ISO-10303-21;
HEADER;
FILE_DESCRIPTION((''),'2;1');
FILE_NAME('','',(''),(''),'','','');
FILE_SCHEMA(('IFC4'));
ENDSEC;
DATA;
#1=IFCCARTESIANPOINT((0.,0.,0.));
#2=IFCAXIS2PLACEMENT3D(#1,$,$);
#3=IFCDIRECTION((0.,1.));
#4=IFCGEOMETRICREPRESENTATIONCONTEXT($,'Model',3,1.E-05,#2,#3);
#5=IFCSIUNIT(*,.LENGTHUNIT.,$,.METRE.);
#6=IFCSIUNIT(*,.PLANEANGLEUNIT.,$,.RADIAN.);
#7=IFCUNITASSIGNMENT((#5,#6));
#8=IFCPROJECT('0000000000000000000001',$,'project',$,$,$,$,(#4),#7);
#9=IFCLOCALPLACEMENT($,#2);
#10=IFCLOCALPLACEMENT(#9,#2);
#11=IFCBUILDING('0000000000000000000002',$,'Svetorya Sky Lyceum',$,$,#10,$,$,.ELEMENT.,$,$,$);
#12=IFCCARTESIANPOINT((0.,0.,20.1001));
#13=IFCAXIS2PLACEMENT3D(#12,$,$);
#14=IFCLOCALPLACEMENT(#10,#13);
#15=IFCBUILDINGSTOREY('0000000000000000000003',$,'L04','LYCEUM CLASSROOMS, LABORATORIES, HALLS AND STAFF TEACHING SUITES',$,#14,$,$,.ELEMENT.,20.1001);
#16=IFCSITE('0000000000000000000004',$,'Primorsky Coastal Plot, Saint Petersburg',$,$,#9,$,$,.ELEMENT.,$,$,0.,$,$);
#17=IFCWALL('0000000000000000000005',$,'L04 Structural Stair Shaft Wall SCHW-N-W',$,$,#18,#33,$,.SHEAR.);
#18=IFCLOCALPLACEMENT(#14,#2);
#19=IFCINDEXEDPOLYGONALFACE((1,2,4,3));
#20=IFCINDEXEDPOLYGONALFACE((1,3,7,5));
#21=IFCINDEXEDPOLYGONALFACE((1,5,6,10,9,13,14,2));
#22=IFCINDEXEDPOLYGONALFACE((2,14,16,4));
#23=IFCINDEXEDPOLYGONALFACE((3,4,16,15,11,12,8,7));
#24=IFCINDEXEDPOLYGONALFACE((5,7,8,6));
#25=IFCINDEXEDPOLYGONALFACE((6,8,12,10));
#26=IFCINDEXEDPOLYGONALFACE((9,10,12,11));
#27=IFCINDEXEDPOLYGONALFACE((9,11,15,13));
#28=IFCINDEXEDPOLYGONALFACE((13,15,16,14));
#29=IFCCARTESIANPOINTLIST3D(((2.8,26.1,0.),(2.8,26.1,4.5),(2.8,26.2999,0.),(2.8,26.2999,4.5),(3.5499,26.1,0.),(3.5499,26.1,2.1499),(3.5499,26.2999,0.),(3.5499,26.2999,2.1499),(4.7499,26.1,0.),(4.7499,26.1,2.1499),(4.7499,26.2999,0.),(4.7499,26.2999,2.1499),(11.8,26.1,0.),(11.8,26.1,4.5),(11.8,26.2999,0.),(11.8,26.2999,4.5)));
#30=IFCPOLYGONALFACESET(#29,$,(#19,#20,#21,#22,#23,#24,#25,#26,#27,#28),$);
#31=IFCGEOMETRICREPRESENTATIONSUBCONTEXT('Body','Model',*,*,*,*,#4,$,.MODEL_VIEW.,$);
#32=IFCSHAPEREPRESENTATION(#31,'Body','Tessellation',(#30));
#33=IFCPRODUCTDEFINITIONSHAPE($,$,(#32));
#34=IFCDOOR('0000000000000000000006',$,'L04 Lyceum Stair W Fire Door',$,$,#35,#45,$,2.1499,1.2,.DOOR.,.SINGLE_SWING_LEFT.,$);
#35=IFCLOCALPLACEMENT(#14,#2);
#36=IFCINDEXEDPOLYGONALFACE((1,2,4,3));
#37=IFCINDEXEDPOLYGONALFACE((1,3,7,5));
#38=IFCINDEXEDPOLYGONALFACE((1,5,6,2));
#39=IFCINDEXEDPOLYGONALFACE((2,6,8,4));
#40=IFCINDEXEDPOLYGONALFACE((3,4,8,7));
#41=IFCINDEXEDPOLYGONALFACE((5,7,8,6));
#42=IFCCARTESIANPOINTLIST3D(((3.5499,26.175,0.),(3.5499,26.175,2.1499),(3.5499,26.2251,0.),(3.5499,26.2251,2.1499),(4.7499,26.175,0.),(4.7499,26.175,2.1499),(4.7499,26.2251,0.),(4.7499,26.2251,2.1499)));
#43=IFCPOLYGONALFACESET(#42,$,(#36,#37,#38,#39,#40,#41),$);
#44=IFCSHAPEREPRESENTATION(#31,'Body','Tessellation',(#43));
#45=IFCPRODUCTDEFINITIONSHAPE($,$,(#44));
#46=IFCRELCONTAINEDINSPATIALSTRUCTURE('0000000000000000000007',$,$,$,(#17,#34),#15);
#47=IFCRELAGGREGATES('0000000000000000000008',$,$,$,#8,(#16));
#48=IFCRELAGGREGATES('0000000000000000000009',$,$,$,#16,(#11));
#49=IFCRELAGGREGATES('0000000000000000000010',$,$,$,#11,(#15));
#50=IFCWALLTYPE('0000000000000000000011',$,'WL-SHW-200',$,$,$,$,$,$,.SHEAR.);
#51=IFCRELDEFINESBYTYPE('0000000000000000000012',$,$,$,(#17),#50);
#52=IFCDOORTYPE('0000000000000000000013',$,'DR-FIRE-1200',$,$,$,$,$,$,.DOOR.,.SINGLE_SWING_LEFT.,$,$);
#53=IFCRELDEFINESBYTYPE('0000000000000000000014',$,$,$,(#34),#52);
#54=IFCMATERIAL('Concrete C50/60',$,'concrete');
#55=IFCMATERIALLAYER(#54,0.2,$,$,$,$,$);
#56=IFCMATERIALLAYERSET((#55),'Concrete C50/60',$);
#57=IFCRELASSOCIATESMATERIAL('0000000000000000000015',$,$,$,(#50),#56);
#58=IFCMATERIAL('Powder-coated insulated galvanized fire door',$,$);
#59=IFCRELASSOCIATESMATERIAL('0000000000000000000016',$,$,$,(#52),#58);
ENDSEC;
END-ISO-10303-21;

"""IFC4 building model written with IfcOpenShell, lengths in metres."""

from ifc_helpers import new_model, si_unit, direction, frame, frame_2d, origin, place, context, subcontext, project, spatial, rectangle, extrude, material, layer, layer_set, type_object, element, fill, save


model = new_model("IFC4")

# Units and contexts
model_context = context("Model", 3, precision=1e-05, world=origin(), true_north=direction((0.0, 1.0)))
body_context = subcontext(model_context, "Body", "Model", "MODEL_VIEW")
ifc_project = project(units=[si_unit("LENGTHUNIT", "METRE"), si_unit("PLANEANGLEUNIT", "RADIAN")], contexts=[model_context])

# Site, building, storey
site_placement = place(None, origin())
site = spatial("IfcSite", under=ifc_project, at=site_placement, Name="Primorsky Coastal Plot, Saint Petersburg", CompositionType="ELEMENT", RefElevation=0.0)
building_placement = place(site_placement, origin())
building = spatial("IfcBuilding", under=site, at=building_placement, Name="Svetorya Sky Lyceum", CompositionType="ELEMENT")
storey_placement = place(building_placement, frame((0.0, 0.0, 20.1001)))
storey = spatial("IfcBuildingStorey", under=building, at=storey_placement, Name="L04", Description="LYCEUM CLASSROOMS, LABORATORIES, HALLS AND STAFF TEACHING SUITES", CompositionType="ELEMENT", Elevation=20.1001)

# Wall, opening, door
ifc_material_1 = material(Name="Concrete C50/60", Category="concrete")
ifc_layer_1 = layer(ifc_material_1, 0.2)
ifc_layer_set_1 = layer_set([ifc_layer_1], Name="Concrete C50/60")
wall_type_1 = type_object("IfcWallType", Name="WL-SHW-200", PredefinedType="SHEAR", material=ifc_layer_set_1)
wall_1_placement = place(storey_placement, frame((11.8, 26.2, 0.0), z_axis=(0.0, 0.0, 1.0), x_axis=(-1.0, 0.0, 0.0)))
wall_1 = element("IfcWall", 1, at=wall_1_placement, inside=storey, type_object=wall_type_1, Name="L04 Structural Stair Shaft Wall SCHW-N-W", PredefinedType="SHEAR", context=body_context, shape_type="SweptSolid", body=[
    extrude(rectangle(XDim=9.0, YDim=0.2, at=frame_2d((4.5, 0.0))), origin(), (0.0, 0.0, 1.0), 4.5),
])
opening_1_placement = place(wall_1_placement, frame((7.05, 0.0, 0.0)))
opening_1 = element("IfcOpeningElement", 2, at=opening_1_placement, cuts=wall_1, PredefinedType="OPENING", context=body_context, shape_type="SweptSolid", body=[
    extrude(rectangle(XDim=1.2, YDim=2.1499, at=frame_2d((0.6001, 1.075))), frame((0.0, 0.1099, 0.0), z_axis=(0.0, -1.0, 0.0), x_axis=(1.0, 0.0, 0.0)), (0.0, 0.0, 1.0), 0.22),
])
ifc_material_2 = material(Name="Powder-coated insulated galvanized fire door")
door_type_1 = type_object("IfcDoorType", Name="DR-FIRE-1200", OperationType="SINGLE_SWING_LEFT", PredefinedType="DOOR", material=ifc_material_2)
door_1_placement = place(opening_1_placement, origin())
door_1 = element("IfcDoor", 3, at=door_1_placement, inside=storey, type_object=door_type_1, Name="L04 Lyceum Stair W Fire Door", OperationType="SINGLE_SWING_LEFT", OverallHeight=2.1499, OverallWidth=1.2, PredefinedType="DOOR", context=body_context, shape_type="SweptSolid", body=[
    extrude(rectangle(XDim=1.2, YDim=2.1499, at=frame_2d((0.6001, 1.075))), frame((0.0, 0.0249, 0.0), z_axis=(0.0, -1.0, 0.0), x_axis=(1.0, 0.0, 0.0)), (0.0, 0.0, 1.0), 0.05),
])
fill(opening_1, door_1)

save(model, "model.ifc")
